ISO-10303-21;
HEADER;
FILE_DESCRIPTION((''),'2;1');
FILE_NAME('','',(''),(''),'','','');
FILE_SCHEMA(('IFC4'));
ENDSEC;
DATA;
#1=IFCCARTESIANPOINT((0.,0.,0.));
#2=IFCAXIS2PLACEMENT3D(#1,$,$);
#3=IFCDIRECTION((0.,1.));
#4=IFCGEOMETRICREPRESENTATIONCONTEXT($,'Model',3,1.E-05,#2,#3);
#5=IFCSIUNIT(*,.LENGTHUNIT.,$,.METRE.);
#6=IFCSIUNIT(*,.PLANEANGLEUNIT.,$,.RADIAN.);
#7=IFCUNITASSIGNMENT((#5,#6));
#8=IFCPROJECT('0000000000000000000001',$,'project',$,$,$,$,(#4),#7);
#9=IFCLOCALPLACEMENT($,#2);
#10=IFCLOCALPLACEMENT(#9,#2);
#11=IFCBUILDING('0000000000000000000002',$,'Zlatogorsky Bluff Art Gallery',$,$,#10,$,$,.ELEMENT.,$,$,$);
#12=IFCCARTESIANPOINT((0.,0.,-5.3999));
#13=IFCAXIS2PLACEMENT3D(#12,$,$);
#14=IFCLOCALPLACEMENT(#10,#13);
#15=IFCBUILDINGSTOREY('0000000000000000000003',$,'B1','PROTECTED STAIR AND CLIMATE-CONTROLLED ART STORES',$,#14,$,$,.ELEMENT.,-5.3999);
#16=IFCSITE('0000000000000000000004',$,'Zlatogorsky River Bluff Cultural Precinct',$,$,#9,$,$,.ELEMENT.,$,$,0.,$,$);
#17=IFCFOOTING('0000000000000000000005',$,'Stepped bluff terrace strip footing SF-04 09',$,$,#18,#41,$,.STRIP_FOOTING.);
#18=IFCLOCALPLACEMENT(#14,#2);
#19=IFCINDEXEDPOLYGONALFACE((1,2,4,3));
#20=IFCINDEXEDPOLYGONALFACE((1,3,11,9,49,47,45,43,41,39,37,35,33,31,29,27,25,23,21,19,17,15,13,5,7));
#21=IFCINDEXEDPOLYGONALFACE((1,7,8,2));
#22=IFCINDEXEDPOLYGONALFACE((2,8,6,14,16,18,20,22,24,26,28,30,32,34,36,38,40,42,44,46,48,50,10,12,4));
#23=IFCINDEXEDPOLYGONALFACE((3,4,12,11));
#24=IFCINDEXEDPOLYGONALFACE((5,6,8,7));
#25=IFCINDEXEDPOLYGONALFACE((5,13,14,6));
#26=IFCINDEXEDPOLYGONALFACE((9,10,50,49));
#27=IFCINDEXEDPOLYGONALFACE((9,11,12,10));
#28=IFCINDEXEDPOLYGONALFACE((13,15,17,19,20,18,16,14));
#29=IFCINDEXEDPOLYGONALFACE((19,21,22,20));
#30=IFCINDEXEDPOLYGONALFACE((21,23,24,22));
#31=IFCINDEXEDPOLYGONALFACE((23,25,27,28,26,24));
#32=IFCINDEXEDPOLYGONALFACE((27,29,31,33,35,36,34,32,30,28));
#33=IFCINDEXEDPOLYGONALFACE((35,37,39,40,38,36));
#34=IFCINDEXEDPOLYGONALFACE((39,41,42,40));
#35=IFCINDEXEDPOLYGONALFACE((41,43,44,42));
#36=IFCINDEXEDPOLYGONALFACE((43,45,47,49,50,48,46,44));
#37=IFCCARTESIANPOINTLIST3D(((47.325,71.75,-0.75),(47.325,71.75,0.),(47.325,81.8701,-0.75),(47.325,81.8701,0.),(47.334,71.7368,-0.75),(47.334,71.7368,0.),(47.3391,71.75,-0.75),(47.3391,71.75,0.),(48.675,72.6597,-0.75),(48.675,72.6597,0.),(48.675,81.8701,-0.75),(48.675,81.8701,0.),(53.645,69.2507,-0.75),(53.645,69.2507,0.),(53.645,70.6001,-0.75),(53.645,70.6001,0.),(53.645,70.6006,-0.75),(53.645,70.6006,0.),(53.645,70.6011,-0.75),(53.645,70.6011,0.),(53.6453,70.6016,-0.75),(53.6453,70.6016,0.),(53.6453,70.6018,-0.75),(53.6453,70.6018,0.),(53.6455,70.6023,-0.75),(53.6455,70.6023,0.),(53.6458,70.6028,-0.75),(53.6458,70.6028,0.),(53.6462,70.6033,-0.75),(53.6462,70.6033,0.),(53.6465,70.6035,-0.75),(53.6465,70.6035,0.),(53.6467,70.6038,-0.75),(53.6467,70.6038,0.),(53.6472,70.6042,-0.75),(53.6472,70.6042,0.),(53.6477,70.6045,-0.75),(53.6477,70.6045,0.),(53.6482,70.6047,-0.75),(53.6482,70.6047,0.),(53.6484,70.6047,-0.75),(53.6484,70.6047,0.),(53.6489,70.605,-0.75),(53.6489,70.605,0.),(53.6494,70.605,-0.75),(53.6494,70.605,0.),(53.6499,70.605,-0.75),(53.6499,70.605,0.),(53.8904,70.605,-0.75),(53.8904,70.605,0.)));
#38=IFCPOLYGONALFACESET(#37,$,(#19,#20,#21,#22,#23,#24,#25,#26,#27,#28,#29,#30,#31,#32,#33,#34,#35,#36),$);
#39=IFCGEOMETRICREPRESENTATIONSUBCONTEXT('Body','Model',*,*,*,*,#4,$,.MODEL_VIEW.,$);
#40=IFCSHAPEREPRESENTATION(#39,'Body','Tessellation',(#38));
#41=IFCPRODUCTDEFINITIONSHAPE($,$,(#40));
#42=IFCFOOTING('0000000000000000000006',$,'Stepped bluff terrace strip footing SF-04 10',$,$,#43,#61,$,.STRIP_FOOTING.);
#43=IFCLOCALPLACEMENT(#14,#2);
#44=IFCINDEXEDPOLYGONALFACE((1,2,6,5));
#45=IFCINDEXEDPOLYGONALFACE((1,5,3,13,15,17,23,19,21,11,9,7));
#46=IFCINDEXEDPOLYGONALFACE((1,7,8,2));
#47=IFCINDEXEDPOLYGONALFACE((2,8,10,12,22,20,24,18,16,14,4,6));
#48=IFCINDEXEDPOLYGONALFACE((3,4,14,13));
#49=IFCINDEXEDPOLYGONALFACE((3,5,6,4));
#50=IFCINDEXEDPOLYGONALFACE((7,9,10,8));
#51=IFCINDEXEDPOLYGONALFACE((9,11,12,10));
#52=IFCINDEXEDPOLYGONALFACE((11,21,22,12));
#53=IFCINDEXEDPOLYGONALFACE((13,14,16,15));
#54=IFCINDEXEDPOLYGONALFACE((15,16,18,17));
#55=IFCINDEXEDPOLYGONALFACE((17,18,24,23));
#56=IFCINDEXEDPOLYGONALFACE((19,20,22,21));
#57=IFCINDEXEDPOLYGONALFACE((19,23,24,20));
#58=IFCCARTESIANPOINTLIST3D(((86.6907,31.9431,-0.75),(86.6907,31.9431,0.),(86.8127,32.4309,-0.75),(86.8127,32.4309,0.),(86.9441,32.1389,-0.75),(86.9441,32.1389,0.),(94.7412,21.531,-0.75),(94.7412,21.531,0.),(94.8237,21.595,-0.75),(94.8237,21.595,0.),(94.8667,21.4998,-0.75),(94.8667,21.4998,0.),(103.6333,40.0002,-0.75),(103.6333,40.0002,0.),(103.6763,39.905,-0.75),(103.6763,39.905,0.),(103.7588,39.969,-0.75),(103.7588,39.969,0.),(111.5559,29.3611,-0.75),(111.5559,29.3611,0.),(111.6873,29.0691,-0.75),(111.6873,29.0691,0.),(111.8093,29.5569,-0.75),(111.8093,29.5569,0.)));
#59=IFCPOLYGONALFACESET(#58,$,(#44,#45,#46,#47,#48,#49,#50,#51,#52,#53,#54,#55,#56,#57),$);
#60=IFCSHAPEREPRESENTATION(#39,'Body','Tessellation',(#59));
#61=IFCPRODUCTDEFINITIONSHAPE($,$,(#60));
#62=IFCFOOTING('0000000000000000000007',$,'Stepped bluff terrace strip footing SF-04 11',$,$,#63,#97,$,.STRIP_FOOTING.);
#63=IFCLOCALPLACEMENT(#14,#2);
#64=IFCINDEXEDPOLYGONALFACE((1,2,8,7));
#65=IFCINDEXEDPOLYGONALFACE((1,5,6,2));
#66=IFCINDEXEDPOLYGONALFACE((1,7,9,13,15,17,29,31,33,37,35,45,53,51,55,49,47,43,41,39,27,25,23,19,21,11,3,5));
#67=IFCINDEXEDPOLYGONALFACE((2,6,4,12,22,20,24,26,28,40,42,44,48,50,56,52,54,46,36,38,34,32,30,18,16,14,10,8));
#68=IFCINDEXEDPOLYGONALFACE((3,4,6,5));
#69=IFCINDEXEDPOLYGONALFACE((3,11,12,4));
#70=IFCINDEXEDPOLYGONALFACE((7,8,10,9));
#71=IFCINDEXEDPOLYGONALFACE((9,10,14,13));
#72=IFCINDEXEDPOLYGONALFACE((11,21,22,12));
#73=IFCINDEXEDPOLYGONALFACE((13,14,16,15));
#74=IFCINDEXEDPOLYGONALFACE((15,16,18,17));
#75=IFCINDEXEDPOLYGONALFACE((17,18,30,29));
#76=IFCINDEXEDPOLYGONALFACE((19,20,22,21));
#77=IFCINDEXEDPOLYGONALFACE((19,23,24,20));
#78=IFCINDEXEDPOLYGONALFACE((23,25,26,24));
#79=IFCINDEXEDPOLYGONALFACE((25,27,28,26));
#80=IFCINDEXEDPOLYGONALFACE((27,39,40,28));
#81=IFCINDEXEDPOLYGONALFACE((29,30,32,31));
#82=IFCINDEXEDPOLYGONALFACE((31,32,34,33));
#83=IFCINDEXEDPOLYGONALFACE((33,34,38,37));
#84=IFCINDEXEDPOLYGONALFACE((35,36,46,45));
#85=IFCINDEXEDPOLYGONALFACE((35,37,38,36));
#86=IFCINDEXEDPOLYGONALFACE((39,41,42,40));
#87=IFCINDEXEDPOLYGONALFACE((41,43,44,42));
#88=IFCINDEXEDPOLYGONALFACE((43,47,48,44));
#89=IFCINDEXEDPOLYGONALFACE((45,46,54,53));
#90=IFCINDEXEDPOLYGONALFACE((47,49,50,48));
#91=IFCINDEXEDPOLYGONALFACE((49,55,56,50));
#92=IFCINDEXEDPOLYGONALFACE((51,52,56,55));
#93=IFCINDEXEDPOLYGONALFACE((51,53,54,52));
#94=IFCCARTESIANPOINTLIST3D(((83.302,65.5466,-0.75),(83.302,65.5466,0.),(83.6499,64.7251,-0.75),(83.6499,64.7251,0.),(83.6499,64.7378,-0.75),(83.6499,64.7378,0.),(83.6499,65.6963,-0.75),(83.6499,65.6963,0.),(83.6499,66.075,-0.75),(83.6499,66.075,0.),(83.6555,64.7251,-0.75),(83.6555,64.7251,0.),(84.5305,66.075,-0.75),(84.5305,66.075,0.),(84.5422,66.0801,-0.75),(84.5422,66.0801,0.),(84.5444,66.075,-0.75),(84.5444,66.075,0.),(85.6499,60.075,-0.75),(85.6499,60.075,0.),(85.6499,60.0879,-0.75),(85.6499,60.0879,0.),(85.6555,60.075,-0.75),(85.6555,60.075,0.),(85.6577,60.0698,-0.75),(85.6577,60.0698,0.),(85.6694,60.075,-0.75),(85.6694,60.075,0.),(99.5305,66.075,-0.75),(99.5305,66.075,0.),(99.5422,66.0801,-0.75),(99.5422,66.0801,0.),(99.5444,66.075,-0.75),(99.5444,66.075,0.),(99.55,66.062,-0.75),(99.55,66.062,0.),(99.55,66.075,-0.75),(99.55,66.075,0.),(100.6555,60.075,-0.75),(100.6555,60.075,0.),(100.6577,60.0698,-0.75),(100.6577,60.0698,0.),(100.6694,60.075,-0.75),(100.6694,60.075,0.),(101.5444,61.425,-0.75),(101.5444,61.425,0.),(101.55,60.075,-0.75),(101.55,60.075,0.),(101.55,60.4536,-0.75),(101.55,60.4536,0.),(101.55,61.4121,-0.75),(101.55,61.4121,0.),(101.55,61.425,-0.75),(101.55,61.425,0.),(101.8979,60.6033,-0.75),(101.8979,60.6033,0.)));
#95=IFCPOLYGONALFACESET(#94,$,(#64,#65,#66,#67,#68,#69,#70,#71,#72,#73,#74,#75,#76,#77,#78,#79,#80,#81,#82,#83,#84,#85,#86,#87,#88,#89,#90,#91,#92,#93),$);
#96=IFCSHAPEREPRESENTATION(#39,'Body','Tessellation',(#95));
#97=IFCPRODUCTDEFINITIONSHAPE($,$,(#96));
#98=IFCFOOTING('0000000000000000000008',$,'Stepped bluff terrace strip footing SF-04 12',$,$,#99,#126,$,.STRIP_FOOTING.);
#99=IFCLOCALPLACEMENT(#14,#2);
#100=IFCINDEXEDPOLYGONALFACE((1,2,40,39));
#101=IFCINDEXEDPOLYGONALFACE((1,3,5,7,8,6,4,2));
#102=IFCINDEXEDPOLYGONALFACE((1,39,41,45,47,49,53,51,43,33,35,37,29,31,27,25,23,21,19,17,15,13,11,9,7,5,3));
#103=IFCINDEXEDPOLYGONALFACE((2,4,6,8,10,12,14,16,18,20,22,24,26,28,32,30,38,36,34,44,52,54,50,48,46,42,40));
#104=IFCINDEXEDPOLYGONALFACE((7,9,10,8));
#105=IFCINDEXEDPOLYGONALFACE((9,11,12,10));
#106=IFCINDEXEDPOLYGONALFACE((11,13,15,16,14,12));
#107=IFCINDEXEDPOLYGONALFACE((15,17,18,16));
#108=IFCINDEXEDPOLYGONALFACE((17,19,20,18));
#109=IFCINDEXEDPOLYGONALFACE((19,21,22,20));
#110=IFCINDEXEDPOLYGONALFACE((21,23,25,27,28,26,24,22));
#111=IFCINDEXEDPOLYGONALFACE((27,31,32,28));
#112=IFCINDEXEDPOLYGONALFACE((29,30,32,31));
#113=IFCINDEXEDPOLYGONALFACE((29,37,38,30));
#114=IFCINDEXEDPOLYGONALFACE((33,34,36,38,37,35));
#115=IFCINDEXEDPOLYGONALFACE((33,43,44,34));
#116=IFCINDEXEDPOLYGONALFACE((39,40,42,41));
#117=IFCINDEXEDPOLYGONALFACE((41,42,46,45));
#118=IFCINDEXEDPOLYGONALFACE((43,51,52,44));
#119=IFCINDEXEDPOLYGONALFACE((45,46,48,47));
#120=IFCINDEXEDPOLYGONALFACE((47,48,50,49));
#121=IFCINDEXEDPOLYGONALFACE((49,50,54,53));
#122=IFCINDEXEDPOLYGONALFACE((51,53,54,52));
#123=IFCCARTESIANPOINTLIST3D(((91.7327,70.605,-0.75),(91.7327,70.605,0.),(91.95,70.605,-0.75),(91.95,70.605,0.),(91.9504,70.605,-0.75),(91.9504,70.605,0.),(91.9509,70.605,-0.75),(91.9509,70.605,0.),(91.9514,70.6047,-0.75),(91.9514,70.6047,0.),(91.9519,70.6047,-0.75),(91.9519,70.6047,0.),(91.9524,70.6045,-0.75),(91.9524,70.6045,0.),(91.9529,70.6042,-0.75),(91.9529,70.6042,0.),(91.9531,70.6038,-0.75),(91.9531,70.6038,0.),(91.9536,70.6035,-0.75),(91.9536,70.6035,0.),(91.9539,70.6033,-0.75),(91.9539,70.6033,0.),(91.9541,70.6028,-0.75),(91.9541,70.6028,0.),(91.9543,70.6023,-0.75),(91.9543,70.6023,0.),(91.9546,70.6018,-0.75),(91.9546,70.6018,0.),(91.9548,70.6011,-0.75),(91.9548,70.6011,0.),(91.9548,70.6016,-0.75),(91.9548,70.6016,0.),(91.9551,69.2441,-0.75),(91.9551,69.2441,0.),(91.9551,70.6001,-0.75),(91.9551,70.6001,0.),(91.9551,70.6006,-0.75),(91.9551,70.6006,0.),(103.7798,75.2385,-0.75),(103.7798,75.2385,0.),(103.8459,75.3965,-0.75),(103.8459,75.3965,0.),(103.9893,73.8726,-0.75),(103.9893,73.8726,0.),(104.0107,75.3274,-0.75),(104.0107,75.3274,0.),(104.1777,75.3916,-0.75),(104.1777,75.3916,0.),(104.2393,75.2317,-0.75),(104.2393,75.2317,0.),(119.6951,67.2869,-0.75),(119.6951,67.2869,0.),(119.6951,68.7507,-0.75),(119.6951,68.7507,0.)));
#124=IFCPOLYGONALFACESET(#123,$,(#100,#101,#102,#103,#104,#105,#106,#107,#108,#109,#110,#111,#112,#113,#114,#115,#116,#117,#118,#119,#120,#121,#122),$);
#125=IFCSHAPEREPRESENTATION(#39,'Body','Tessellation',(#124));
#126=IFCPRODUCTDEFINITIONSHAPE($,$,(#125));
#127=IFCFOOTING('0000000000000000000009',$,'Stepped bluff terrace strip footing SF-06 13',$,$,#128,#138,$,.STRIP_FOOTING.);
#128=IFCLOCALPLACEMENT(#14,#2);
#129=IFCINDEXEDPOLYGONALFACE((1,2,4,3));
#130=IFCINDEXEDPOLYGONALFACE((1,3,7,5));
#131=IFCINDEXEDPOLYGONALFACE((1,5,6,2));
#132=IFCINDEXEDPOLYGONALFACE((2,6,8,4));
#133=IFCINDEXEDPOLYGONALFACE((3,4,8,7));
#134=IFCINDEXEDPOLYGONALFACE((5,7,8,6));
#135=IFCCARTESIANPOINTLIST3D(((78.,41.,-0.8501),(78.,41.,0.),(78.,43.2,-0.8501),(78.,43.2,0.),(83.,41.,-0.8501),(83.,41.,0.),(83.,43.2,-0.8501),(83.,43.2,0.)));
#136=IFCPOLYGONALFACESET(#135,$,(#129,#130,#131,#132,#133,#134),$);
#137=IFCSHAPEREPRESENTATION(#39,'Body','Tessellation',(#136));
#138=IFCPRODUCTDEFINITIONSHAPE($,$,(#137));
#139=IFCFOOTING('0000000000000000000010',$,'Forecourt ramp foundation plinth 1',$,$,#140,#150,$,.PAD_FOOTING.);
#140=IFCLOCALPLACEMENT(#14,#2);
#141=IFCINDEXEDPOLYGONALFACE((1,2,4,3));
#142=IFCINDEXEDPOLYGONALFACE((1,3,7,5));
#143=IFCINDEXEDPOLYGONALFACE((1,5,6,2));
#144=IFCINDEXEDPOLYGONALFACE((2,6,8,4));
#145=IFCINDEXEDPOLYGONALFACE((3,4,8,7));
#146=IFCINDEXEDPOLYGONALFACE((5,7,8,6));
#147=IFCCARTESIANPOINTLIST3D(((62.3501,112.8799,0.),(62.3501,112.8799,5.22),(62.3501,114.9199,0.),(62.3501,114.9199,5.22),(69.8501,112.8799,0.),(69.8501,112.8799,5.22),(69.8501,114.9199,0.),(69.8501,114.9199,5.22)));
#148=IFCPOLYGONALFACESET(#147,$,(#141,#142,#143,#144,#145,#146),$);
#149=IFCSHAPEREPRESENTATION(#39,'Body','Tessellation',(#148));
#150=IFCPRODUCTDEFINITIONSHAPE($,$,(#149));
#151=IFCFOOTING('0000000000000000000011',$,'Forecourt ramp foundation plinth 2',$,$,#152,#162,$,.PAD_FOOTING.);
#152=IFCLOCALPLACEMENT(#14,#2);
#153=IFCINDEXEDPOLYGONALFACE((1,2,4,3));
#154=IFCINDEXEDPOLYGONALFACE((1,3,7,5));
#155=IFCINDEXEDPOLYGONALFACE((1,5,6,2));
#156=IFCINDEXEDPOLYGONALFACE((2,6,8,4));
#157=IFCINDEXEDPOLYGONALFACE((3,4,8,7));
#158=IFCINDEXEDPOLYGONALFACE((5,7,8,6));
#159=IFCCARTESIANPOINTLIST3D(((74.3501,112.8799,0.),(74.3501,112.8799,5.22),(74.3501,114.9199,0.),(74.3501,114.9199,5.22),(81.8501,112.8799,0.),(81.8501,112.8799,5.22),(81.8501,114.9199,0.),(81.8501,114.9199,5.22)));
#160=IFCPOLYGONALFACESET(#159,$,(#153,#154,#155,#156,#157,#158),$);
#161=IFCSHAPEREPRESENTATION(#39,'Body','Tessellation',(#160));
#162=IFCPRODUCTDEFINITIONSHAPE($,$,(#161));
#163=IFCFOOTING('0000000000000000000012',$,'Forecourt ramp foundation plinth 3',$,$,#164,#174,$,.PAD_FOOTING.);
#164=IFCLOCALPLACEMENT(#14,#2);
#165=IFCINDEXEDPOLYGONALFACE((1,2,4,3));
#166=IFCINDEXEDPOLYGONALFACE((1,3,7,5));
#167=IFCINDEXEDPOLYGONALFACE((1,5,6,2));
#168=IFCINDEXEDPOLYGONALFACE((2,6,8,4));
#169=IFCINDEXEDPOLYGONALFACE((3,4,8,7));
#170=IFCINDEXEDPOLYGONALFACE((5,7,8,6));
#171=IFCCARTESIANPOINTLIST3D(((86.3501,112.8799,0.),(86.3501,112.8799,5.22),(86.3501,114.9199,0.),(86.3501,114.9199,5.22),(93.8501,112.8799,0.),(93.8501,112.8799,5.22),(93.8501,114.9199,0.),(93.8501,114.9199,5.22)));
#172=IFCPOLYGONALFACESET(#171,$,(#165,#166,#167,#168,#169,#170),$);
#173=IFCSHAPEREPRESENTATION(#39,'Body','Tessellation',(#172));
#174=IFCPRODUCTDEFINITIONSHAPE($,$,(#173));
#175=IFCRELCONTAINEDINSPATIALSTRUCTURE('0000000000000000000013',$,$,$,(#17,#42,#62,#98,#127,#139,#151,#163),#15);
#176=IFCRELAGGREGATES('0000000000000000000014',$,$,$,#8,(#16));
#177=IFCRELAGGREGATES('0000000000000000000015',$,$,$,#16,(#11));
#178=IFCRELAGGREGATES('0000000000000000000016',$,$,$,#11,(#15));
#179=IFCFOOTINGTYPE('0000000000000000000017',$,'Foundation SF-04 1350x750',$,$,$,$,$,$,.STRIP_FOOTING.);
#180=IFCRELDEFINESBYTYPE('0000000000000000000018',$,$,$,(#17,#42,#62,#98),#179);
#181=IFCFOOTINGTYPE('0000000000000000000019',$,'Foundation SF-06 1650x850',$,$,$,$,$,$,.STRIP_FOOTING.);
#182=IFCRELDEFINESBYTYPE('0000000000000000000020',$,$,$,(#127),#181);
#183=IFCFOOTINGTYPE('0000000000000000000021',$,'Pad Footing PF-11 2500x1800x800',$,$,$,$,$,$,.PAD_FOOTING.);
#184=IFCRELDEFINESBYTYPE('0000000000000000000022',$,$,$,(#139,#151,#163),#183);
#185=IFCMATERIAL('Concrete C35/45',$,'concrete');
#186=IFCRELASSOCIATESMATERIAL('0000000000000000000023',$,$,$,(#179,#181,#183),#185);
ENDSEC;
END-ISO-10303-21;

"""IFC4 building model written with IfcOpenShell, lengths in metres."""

from ifc_helpers import new_model, si_unit, direction, frame, origin, place, context, subcontext, project, spatial, polyline, outline, extrude, material, type_object, element, save


model = new_model("IFC4")

# Units and contexts
model_context = context("Model", 3, precision=1e-05, world=origin(), true_north=direction((0.0, 1.0)))
body_context = subcontext(model_context, "Body", "Model", "MODEL_VIEW")
ifc_project = project(units=[si_unit("LENGTHUNIT", "METRE"), si_unit("PLANEANGLEUNIT", "RADIAN")], contexts=[model_context])

# Site, building, storey
site_placement = place(None, origin())
site = spatial("IfcSite", under=ifc_project, at=site_placement, Name="Zlatogorsky River Bluff Cultural Precinct", CompositionType="ELEMENT", RefElevation=0.0)
building_placement = place(site_placement, origin())
building = spatial("IfcBuilding", under=site, at=building_placement, Name="Zlatogorsky Bluff Art Gallery", CompositionType="ELEMENT")
storey_placement = place(building_placement, frame((0.0, 0.0, -5.3999)))
storey = spatial("IfcBuildingStorey", under=building, at=storey_placement, Name="B1", Description="PROTECTED STAIR AND CLIMATE-CONTROLLED ART STORES", CompositionType="ELEMENT", Elevation=-5.3999)

# Footings
ifc_material = material(Name="Concrete C35/45", Category="concrete")
footing_type_1 = type_object("IfcFootingType", Name="Foundation SF-04 1350x750", PredefinedType="STRIP_FOOTING", material=ifc_material)
footing_1_placement = place(storey_placement, frame((0.0, 0.0, -0.75)))
element("IfcFooting", 1, at=footing_1_placement, inside=storey, type_object=footing_type_1, Name="Stepped bluff terrace strip footing SF-04 09", PredefinedType="STRIP_FOOTING", context=body_context, shape_type="SweptSolid", body=[
    extrude(outline(polyline([(47.325, 71.75), (47.325, 81.8701), (48.675, 81.8701), (48.675, 72.6597), (53.8904, 70.605), (53.6499, 70.605), (53.6494, 70.605), (53.6489, 70.605), (53.6484, 70.6047), (53.6482, 70.6047), (53.6477, 70.6045), (53.6472, 70.6042), (53.6467, 70.6038), (53.6465, 70.6035), (53.6462, 70.6033), (53.6458, 70.6028), (53.6455, 70.6023), (53.6453, 70.6018), (53.6453, 70.6016), (53.645, 70.6011), (53.645, 70.6006), (53.645, 70.6001), (53.645, 69.2507), (47.334, 71.7368), (47.3391, 71.75), (47.325, 71.75)])), origin(), (0.0, 0.0, 1.0), 0.75),
])
footing_2_placement = place(storey_placement, frame((0.0, 0.0, -0.75)))
element("IfcFooting", 2, at=footing_2_placement, inside=storey, type_object=footing_type_1, Name="Stepped bluff terrace strip footing SF-04 10", PredefinedType="STRIP_FOOTING", context=body_context, shape_type="SweptSolid", body=[
    extrude(outline(polyline([(86.6907, 31.9431), (86.9441, 32.1389), (86.8127, 32.4309), (103.6333, 40.0002), (103.6763, 39.905), (103.7588, 39.969), (111.8093, 29.5569), (111.5559, 29.3611), (111.6873, 29.0691), (94.8667, 21.4998), (94.8237, 21.595), (94.7412, 21.531), (86.6907, 31.9431)])), origin(), (0.0, 0.0, 1.0), 0.75),
])
footing_3_placement = place(storey_placement, frame((0.0, 0.0, -0.75)))
element("IfcFooting", 3, at=footing_3_placement, inside=storey, type_object=footing_type_1, Name="Stepped bluff terrace strip footing SF-04 11", PredefinedType="STRIP_FOOTING", context=body_context, shape_type="SweptSolid", body=[
    extrude(outline(polyline([(83.302, 65.5466), (83.6499, 65.6963), (83.6499, 66.075), (84.5305, 66.075), (84.5422, 66.0801), (84.5444, 66.075), (99.5305, 66.075), (99.5422, 66.0801), (99.5444, 66.075), (99.55, 66.075), (99.55, 66.062), (101.5444, 61.425), (101.55, 61.425), (101.55, 61.4121), (101.8979, 60.6033), (101.55, 60.4536), (101.55, 60.075), (100.6694, 60.075), (100.6577, 60.0698), (100.6555, 60.075), (85.6694, 60.075), (85.6577, 60.0698), (85.6555, 60.075), (85.6499, 60.075), (85.6499, 60.0879), (83.6555, 64.7251), (83.6499, 64.7251), (83.6499, 64.7378), (83.302, 65.5466)])), origin(), (0.0, 0.0, 1.0), 0.75),
])
footing_4_placement = place(storey_placement, frame((0.0, 0.0, -0.75)))
element("IfcFooting", 4, at=footing_4_placement, inside=storey, type_object=footing_type_1, Name="Stepped bluff terrace strip footing SF-04 12", PredefinedType="STRIP_FOOTING", context=body_context, shape_type="SweptSolid", body=[
    extrude(outline(polyline([(103.7798, 75.2385), (103.8459, 75.3965), (104.0107, 75.3274), (104.1777, 75.3916), (104.2393, 75.2317), (119.6951, 68.7507), (119.6951, 67.2869), (103.9893, 73.8726), (91.9551, 69.2441), (91.9551, 70.6001), (91.9551, 70.6006), (91.9548, 70.6011), (91.9548, 70.6016), (91.9546, 70.6018), (91.9543, 70.6023), (91.9541, 70.6028), (91.9539, 70.6033), (91.9536, 70.6035), (91.9531, 70.6038), (91.9529, 70.6042), (91.9524, 70.6045), (91.9519, 70.6047), (91.9514, 70.6047), (91.9509, 70.605), (91.9504, 70.605), (91.95, 70.605), (91.7327, 70.605), (103.7798, 75.2385)])), origin(), (0.0, 0.0, 1.0), 0.75),
])
footing_type_2 = type_object("IfcFootingType", Name="Foundation SF-06 1650x850", PredefinedType="STRIP_FOOTING", material=ifc_material)
footing_5_placement = place(storey_placement, frame((0.0, 0.0, -0.8501)))
element("IfcFooting", 5, at=footing_5_placement, inside=storey, type_object=footing_type_2, Name="Stepped bluff terrace strip footing SF-06 13", PredefinedType="STRIP_FOOTING", context=body_context, shape_type="SweptSolid", body=[
    extrude(outline(polyline([(78.0, 41.0), (78.0, 43.2), (83.0, 43.2), (83.0, 41.0), (78.0, 41.0)])), origin(), (0.0, 0.0, 1.0), 0.8501),
])
footing_type_3 = type_object("IfcFootingType", Name="Pad Footing PF-11 2500x1800x800", PredefinedType="PAD_FOOTING", material=ifc_material)
footing_6_placement = place(storey_placement, origin())
element("IfcFooting", 6, at=footing_6_placement, inside=storey, type_object=footing_type_3, Name="Forecourt ramp foundation plinth 1", PredefinedType="PAD_FOOTING", context=body_context, shape_type="SweptSolid", body=[
    extrude(outline(polyline([(62.3501, 112.8799), (69.8501, 112.8799), (69.8501, 114.9199), (62.3501, 114.9199), (62.3501, 112.8799)])), origin(), (0.0, 0.0, 1.0), 5.22),
])
footing_7_placement = place(storey_placement, origin())
element("IfcFooting", 7, at=footing_7_placement, inside=storey, type_object=footing_type_3, Name="Forecourt ramp foundation plinth 2", PredefinedType="PAD_FOOTING", context=body_context, shape_type="SweptSolid", body=[
    extrude(outline(polyline([(74.3501, 112.8799), (81.8501, 112.8799), (81.8501, 114.9199), (74.3501, 114.9199), (74.3501, 112.8799)])), origin(), (0.0, 0.0, 1.0), 5.22),
])
footing_8_placement = place(storey_placement, origin())
element("IfcFooting", 8, at=footing_8_placement, inside=storey, type_object=footing_type_3, Name="Forecourt ramp foundation plinth 3", PredefinedType="PAD_FOOTING", context=body_context, shape_type="SweptSolid", body=[
    extrude(outline(polyline([(86.3501, 112.8799), (93.8501, 112.8799), (93.8501, 114.9199), (86.3501, 114.9199), (86.3501, 112.8799)])), origin(), (0.0, 0.0, 1.0), 5.22),
])

save(model, "model.ifc")
